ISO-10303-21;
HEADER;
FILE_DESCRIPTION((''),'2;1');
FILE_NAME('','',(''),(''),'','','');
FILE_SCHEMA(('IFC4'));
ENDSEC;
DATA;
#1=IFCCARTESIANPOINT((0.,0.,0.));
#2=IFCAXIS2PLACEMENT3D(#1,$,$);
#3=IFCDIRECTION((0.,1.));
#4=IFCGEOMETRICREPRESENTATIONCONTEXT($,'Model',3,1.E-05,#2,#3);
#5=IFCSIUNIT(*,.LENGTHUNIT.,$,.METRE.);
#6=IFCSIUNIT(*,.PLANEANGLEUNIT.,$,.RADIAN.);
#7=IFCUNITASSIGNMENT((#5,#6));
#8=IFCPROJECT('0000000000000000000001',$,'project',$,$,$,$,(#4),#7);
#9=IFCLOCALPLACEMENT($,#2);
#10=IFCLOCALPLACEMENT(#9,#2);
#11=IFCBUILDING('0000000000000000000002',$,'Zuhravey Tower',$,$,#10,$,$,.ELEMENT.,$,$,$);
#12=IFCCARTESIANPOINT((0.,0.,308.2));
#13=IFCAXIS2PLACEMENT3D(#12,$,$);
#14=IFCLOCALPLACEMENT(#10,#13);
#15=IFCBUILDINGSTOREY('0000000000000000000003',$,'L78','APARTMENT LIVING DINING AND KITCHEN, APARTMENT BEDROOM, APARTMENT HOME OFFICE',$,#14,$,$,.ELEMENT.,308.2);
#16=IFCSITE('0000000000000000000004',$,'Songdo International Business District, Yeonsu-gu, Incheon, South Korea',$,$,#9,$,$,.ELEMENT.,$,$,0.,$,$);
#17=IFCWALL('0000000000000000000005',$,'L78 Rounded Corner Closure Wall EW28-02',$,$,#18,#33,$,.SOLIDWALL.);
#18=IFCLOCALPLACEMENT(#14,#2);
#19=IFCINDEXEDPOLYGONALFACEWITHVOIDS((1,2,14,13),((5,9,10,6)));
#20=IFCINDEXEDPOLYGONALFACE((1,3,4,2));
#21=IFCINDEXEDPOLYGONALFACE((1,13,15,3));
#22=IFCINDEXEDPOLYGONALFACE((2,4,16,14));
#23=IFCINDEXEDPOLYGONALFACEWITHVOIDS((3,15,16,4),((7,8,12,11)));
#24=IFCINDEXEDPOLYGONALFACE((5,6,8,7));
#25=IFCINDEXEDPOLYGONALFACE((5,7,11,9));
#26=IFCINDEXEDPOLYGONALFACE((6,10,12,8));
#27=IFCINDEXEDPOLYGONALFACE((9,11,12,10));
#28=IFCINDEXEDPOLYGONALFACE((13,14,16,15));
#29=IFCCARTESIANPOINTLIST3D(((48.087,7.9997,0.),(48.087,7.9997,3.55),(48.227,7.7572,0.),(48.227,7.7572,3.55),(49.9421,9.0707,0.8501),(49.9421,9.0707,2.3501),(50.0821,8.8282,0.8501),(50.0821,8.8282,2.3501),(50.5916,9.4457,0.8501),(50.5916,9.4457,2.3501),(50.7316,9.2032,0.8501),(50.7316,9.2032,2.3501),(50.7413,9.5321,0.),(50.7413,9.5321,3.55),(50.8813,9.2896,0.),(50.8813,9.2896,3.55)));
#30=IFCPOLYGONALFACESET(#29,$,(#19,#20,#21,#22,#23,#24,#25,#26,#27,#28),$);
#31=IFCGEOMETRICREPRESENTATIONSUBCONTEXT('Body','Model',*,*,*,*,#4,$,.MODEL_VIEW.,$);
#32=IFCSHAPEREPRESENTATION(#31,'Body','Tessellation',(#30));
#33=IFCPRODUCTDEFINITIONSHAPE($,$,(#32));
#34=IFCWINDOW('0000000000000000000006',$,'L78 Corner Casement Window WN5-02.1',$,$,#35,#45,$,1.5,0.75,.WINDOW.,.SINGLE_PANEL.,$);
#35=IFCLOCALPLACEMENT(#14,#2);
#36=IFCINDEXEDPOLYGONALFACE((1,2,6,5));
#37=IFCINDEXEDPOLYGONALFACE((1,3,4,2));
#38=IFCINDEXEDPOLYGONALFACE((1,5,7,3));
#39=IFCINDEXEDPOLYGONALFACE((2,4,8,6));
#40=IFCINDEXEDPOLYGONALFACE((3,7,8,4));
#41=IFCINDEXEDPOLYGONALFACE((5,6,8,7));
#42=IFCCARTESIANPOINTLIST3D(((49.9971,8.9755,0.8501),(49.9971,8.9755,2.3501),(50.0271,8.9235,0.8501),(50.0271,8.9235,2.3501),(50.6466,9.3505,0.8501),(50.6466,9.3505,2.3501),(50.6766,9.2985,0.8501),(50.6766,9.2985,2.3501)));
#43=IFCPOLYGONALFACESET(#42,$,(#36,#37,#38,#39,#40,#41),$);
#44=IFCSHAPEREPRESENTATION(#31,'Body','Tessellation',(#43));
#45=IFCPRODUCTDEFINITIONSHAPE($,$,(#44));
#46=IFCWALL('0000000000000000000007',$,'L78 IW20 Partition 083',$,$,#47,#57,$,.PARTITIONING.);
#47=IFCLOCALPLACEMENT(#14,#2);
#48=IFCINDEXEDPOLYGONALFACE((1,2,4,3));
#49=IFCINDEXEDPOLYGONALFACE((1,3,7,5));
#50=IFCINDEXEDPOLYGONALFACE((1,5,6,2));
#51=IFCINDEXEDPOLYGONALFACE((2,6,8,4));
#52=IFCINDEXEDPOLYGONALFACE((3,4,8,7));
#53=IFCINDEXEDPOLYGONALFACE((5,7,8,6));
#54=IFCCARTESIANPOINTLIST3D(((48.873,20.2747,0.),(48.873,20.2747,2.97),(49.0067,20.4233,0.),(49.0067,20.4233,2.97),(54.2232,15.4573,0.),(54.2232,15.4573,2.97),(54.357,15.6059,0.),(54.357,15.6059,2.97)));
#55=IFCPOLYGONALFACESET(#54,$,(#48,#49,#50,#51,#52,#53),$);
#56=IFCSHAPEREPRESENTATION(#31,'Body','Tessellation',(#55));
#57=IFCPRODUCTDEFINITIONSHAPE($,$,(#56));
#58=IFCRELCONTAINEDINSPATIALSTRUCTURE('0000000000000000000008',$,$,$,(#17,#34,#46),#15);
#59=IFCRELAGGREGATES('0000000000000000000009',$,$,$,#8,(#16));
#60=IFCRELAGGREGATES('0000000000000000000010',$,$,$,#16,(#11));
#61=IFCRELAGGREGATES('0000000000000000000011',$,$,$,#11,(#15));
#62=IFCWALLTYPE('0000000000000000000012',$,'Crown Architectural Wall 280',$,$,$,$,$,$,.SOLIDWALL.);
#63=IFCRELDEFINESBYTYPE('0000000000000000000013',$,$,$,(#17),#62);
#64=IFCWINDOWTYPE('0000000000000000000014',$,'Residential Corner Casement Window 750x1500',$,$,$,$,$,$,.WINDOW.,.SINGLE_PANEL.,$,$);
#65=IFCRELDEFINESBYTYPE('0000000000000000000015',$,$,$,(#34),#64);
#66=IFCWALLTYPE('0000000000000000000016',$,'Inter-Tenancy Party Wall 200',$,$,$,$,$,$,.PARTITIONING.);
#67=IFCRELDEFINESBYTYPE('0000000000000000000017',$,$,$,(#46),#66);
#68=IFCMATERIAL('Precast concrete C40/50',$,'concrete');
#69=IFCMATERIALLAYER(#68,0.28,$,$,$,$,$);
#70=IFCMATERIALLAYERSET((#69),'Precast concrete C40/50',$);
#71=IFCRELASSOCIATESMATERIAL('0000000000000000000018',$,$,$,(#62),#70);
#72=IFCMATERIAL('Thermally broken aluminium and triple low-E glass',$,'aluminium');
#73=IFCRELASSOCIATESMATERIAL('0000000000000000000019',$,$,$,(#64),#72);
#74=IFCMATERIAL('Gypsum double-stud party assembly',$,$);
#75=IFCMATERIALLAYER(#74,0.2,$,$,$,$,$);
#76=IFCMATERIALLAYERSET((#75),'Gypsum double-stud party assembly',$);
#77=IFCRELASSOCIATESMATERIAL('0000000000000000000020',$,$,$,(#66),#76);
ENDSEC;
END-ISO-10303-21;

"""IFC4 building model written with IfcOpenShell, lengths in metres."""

from ifc_helpers import new_model, si_unit, direction, frame, frame_2d, origin, place, context, subcontext, project, spatial, rectangle, extrude, material, layer, layer_set, type_object, element, fill, save


model = new_model("IFC4")

# Units and contexts
model_context = context("Model", 3, precision=1e-05, world=origin(), true_north=direction((0.0, 1.0)))
body_context = subcontext(model_context, "Body", "Model", "MODEL_VIEW")
ifc_project = project(units=[si_unit("LENGTHUNIT", "METRE"), si_unit("PLANEANGLEUNIT", "RADIAN")], contexts=[model_context])

# Site, building, storey
site_placement = place(None, origin())
site = spatial("IfcSite", under=ifc_project, at=site_placement, Name="Songdo International Business District, Yeonsu-gu, Incheon, South Korea", CompositionType="ELEMENT", RefElevation=0.0)
building_placement = place(site_placement, origin())
building = spatial("IfcBuilding", under=site, at=building_placement, Name="Zuhravey Tower", CompositionType="ELEMENT")
storey_placement = place(building_placement, frame((0.0, 0.0, 308.2)))
storey = spatial("IfcBuildingStorey", under=building, at=storey_placement, Name="L78", Description="APARTMENT LIVING DINING AND KITCHEN, APARTMENT BEDROOM, APARTMENT HOME OFFICE", CompositionType="ELEMENT", Elevation=308.2)

# Wall, opening, window
ifc_material_1 = material(Name="Precast concrete C40/50", Category="concrete")
ifc_layer_1 = layer(ifc_material_1, 0.28)
ifc_layer_set_1 = layer_set([ifc_layer_1], Name="Precast concrete C40/50")
wall_type_1 = type_object("IfcWallType", Name="Crown Architectural Wall 280", PredefinedType="SOLIDWALL", material=ifc_layer_set_1)
wall_1_placement = place(storey_placement, frame((50.8113, 9.4109, 0.0), z_axis=(0.0, 0.0, 1.0), x_axis=(-0.866024, -0.500003, 0.0)))
wall_1 = element("IfcWall", 1, at=wall_1_placement, inside=storey, type_object=wall_type_1, Name="L78 Rounded Corner Closure Wall EW28-02", PredefinedType="SOLIDWALL", context=body_context, shape_type="SweptSolid", body=[
    extrude(rectangle(XDim=3.0649, YDim=0.28, at=frame_2d((1.5325, 0.0))), origin(), (0.0, 0.0, 1.0), 3.55),
])
opening_placement = place(wall_1_placement, frame((0.1729, 0.0, 0.8501)))
opening = element("IfcOpeningElement", 2, at=opening_placement, cuts=wall_1, PredefinedType="OPENING", context=body_context, shape_type="SweptSolid", body=[
    extrude(rectangle(XDim=0.75, YDim=1.5, at=frame_2d((0.375, 0.75))), frame((0.0, 0.1521, 0.0), z_axis=(0.0, -1.0, 0.0), x_axis=(1.0, 0.0, 0.0)), (0.0, 0.0, 1.0), 0.304),
])
ifc_material_2 = material(Name="Thermally broken aluminium and triple low-E glass", Category="aluminium")
window_type = type_object("IfcWindowType", Name="Residential Corner Casement Window 750x1500", PartitioningType="SINGLE_PANEL", PredefinedType="WINDOW", material=ifc_material_2)
window_placement = place(opening_placement, origin())
window = element("IfcWindow", 3, at=window_placement, inside=storey, type_object=window_type, Name="L78 Corner Casement Window WN5-02.1", OverallHeight=1.5, OverallWidth=0.75, PartitioningType="SINGLE_PANEL", PredefinedType="WINDOW", context=body_context, shape_type="SweptSolid", body=[
    extrude(rectangle(XDim=0.75, YDim=1.5, at=frame_2d((0.375, 0.75))), frame((0.0, 0.03, 0.0), z_axis=(0.0, -1.0, 0.0), x_axis=(1.0, 0.0, 0.0)), (0.0, 0.0, 1.0), 0.0601),
])
fill(opening, window)

# Wall
ifc_material_3 = material(Name="Gypsum double-stud party assembly")
ifc_layer_2 = layer(ifc_material_3, 0.2)
ifc_layer_set_2 = layer_set([ifc_layer_2], Name="Gypsum double-stud party assembly")
wall_type_2 = type_object("IfcWallType", Name="Inter-Tenancy Party Wall 200", PredefinedType="PARTITIONING", material=ifc_layer_set_2)
wall_2_placement = place(storey_placement, frame((48.9399, 20.3489, 0.0), z_axis=(0.0, 0.0, 1.0), x_axis=(0.743151, -0.669124, 0.0)))
element("IfcWall", 4, at=wall_2_placement, inside=storey, type_object=wall_type_2, Name="L78 IW20 Partition 083", PredefinedType="PARTITIONING", context=body_context, shape_type="SweptSolid", body=[
    extrude(rectangle(XDim=7.1995, YDim=0.2, at=frame_2d((3.5996, 0.0))), origin(), (0.0, 0.0, 1.0), 2.97),
])

save(model, "model.ifc")
